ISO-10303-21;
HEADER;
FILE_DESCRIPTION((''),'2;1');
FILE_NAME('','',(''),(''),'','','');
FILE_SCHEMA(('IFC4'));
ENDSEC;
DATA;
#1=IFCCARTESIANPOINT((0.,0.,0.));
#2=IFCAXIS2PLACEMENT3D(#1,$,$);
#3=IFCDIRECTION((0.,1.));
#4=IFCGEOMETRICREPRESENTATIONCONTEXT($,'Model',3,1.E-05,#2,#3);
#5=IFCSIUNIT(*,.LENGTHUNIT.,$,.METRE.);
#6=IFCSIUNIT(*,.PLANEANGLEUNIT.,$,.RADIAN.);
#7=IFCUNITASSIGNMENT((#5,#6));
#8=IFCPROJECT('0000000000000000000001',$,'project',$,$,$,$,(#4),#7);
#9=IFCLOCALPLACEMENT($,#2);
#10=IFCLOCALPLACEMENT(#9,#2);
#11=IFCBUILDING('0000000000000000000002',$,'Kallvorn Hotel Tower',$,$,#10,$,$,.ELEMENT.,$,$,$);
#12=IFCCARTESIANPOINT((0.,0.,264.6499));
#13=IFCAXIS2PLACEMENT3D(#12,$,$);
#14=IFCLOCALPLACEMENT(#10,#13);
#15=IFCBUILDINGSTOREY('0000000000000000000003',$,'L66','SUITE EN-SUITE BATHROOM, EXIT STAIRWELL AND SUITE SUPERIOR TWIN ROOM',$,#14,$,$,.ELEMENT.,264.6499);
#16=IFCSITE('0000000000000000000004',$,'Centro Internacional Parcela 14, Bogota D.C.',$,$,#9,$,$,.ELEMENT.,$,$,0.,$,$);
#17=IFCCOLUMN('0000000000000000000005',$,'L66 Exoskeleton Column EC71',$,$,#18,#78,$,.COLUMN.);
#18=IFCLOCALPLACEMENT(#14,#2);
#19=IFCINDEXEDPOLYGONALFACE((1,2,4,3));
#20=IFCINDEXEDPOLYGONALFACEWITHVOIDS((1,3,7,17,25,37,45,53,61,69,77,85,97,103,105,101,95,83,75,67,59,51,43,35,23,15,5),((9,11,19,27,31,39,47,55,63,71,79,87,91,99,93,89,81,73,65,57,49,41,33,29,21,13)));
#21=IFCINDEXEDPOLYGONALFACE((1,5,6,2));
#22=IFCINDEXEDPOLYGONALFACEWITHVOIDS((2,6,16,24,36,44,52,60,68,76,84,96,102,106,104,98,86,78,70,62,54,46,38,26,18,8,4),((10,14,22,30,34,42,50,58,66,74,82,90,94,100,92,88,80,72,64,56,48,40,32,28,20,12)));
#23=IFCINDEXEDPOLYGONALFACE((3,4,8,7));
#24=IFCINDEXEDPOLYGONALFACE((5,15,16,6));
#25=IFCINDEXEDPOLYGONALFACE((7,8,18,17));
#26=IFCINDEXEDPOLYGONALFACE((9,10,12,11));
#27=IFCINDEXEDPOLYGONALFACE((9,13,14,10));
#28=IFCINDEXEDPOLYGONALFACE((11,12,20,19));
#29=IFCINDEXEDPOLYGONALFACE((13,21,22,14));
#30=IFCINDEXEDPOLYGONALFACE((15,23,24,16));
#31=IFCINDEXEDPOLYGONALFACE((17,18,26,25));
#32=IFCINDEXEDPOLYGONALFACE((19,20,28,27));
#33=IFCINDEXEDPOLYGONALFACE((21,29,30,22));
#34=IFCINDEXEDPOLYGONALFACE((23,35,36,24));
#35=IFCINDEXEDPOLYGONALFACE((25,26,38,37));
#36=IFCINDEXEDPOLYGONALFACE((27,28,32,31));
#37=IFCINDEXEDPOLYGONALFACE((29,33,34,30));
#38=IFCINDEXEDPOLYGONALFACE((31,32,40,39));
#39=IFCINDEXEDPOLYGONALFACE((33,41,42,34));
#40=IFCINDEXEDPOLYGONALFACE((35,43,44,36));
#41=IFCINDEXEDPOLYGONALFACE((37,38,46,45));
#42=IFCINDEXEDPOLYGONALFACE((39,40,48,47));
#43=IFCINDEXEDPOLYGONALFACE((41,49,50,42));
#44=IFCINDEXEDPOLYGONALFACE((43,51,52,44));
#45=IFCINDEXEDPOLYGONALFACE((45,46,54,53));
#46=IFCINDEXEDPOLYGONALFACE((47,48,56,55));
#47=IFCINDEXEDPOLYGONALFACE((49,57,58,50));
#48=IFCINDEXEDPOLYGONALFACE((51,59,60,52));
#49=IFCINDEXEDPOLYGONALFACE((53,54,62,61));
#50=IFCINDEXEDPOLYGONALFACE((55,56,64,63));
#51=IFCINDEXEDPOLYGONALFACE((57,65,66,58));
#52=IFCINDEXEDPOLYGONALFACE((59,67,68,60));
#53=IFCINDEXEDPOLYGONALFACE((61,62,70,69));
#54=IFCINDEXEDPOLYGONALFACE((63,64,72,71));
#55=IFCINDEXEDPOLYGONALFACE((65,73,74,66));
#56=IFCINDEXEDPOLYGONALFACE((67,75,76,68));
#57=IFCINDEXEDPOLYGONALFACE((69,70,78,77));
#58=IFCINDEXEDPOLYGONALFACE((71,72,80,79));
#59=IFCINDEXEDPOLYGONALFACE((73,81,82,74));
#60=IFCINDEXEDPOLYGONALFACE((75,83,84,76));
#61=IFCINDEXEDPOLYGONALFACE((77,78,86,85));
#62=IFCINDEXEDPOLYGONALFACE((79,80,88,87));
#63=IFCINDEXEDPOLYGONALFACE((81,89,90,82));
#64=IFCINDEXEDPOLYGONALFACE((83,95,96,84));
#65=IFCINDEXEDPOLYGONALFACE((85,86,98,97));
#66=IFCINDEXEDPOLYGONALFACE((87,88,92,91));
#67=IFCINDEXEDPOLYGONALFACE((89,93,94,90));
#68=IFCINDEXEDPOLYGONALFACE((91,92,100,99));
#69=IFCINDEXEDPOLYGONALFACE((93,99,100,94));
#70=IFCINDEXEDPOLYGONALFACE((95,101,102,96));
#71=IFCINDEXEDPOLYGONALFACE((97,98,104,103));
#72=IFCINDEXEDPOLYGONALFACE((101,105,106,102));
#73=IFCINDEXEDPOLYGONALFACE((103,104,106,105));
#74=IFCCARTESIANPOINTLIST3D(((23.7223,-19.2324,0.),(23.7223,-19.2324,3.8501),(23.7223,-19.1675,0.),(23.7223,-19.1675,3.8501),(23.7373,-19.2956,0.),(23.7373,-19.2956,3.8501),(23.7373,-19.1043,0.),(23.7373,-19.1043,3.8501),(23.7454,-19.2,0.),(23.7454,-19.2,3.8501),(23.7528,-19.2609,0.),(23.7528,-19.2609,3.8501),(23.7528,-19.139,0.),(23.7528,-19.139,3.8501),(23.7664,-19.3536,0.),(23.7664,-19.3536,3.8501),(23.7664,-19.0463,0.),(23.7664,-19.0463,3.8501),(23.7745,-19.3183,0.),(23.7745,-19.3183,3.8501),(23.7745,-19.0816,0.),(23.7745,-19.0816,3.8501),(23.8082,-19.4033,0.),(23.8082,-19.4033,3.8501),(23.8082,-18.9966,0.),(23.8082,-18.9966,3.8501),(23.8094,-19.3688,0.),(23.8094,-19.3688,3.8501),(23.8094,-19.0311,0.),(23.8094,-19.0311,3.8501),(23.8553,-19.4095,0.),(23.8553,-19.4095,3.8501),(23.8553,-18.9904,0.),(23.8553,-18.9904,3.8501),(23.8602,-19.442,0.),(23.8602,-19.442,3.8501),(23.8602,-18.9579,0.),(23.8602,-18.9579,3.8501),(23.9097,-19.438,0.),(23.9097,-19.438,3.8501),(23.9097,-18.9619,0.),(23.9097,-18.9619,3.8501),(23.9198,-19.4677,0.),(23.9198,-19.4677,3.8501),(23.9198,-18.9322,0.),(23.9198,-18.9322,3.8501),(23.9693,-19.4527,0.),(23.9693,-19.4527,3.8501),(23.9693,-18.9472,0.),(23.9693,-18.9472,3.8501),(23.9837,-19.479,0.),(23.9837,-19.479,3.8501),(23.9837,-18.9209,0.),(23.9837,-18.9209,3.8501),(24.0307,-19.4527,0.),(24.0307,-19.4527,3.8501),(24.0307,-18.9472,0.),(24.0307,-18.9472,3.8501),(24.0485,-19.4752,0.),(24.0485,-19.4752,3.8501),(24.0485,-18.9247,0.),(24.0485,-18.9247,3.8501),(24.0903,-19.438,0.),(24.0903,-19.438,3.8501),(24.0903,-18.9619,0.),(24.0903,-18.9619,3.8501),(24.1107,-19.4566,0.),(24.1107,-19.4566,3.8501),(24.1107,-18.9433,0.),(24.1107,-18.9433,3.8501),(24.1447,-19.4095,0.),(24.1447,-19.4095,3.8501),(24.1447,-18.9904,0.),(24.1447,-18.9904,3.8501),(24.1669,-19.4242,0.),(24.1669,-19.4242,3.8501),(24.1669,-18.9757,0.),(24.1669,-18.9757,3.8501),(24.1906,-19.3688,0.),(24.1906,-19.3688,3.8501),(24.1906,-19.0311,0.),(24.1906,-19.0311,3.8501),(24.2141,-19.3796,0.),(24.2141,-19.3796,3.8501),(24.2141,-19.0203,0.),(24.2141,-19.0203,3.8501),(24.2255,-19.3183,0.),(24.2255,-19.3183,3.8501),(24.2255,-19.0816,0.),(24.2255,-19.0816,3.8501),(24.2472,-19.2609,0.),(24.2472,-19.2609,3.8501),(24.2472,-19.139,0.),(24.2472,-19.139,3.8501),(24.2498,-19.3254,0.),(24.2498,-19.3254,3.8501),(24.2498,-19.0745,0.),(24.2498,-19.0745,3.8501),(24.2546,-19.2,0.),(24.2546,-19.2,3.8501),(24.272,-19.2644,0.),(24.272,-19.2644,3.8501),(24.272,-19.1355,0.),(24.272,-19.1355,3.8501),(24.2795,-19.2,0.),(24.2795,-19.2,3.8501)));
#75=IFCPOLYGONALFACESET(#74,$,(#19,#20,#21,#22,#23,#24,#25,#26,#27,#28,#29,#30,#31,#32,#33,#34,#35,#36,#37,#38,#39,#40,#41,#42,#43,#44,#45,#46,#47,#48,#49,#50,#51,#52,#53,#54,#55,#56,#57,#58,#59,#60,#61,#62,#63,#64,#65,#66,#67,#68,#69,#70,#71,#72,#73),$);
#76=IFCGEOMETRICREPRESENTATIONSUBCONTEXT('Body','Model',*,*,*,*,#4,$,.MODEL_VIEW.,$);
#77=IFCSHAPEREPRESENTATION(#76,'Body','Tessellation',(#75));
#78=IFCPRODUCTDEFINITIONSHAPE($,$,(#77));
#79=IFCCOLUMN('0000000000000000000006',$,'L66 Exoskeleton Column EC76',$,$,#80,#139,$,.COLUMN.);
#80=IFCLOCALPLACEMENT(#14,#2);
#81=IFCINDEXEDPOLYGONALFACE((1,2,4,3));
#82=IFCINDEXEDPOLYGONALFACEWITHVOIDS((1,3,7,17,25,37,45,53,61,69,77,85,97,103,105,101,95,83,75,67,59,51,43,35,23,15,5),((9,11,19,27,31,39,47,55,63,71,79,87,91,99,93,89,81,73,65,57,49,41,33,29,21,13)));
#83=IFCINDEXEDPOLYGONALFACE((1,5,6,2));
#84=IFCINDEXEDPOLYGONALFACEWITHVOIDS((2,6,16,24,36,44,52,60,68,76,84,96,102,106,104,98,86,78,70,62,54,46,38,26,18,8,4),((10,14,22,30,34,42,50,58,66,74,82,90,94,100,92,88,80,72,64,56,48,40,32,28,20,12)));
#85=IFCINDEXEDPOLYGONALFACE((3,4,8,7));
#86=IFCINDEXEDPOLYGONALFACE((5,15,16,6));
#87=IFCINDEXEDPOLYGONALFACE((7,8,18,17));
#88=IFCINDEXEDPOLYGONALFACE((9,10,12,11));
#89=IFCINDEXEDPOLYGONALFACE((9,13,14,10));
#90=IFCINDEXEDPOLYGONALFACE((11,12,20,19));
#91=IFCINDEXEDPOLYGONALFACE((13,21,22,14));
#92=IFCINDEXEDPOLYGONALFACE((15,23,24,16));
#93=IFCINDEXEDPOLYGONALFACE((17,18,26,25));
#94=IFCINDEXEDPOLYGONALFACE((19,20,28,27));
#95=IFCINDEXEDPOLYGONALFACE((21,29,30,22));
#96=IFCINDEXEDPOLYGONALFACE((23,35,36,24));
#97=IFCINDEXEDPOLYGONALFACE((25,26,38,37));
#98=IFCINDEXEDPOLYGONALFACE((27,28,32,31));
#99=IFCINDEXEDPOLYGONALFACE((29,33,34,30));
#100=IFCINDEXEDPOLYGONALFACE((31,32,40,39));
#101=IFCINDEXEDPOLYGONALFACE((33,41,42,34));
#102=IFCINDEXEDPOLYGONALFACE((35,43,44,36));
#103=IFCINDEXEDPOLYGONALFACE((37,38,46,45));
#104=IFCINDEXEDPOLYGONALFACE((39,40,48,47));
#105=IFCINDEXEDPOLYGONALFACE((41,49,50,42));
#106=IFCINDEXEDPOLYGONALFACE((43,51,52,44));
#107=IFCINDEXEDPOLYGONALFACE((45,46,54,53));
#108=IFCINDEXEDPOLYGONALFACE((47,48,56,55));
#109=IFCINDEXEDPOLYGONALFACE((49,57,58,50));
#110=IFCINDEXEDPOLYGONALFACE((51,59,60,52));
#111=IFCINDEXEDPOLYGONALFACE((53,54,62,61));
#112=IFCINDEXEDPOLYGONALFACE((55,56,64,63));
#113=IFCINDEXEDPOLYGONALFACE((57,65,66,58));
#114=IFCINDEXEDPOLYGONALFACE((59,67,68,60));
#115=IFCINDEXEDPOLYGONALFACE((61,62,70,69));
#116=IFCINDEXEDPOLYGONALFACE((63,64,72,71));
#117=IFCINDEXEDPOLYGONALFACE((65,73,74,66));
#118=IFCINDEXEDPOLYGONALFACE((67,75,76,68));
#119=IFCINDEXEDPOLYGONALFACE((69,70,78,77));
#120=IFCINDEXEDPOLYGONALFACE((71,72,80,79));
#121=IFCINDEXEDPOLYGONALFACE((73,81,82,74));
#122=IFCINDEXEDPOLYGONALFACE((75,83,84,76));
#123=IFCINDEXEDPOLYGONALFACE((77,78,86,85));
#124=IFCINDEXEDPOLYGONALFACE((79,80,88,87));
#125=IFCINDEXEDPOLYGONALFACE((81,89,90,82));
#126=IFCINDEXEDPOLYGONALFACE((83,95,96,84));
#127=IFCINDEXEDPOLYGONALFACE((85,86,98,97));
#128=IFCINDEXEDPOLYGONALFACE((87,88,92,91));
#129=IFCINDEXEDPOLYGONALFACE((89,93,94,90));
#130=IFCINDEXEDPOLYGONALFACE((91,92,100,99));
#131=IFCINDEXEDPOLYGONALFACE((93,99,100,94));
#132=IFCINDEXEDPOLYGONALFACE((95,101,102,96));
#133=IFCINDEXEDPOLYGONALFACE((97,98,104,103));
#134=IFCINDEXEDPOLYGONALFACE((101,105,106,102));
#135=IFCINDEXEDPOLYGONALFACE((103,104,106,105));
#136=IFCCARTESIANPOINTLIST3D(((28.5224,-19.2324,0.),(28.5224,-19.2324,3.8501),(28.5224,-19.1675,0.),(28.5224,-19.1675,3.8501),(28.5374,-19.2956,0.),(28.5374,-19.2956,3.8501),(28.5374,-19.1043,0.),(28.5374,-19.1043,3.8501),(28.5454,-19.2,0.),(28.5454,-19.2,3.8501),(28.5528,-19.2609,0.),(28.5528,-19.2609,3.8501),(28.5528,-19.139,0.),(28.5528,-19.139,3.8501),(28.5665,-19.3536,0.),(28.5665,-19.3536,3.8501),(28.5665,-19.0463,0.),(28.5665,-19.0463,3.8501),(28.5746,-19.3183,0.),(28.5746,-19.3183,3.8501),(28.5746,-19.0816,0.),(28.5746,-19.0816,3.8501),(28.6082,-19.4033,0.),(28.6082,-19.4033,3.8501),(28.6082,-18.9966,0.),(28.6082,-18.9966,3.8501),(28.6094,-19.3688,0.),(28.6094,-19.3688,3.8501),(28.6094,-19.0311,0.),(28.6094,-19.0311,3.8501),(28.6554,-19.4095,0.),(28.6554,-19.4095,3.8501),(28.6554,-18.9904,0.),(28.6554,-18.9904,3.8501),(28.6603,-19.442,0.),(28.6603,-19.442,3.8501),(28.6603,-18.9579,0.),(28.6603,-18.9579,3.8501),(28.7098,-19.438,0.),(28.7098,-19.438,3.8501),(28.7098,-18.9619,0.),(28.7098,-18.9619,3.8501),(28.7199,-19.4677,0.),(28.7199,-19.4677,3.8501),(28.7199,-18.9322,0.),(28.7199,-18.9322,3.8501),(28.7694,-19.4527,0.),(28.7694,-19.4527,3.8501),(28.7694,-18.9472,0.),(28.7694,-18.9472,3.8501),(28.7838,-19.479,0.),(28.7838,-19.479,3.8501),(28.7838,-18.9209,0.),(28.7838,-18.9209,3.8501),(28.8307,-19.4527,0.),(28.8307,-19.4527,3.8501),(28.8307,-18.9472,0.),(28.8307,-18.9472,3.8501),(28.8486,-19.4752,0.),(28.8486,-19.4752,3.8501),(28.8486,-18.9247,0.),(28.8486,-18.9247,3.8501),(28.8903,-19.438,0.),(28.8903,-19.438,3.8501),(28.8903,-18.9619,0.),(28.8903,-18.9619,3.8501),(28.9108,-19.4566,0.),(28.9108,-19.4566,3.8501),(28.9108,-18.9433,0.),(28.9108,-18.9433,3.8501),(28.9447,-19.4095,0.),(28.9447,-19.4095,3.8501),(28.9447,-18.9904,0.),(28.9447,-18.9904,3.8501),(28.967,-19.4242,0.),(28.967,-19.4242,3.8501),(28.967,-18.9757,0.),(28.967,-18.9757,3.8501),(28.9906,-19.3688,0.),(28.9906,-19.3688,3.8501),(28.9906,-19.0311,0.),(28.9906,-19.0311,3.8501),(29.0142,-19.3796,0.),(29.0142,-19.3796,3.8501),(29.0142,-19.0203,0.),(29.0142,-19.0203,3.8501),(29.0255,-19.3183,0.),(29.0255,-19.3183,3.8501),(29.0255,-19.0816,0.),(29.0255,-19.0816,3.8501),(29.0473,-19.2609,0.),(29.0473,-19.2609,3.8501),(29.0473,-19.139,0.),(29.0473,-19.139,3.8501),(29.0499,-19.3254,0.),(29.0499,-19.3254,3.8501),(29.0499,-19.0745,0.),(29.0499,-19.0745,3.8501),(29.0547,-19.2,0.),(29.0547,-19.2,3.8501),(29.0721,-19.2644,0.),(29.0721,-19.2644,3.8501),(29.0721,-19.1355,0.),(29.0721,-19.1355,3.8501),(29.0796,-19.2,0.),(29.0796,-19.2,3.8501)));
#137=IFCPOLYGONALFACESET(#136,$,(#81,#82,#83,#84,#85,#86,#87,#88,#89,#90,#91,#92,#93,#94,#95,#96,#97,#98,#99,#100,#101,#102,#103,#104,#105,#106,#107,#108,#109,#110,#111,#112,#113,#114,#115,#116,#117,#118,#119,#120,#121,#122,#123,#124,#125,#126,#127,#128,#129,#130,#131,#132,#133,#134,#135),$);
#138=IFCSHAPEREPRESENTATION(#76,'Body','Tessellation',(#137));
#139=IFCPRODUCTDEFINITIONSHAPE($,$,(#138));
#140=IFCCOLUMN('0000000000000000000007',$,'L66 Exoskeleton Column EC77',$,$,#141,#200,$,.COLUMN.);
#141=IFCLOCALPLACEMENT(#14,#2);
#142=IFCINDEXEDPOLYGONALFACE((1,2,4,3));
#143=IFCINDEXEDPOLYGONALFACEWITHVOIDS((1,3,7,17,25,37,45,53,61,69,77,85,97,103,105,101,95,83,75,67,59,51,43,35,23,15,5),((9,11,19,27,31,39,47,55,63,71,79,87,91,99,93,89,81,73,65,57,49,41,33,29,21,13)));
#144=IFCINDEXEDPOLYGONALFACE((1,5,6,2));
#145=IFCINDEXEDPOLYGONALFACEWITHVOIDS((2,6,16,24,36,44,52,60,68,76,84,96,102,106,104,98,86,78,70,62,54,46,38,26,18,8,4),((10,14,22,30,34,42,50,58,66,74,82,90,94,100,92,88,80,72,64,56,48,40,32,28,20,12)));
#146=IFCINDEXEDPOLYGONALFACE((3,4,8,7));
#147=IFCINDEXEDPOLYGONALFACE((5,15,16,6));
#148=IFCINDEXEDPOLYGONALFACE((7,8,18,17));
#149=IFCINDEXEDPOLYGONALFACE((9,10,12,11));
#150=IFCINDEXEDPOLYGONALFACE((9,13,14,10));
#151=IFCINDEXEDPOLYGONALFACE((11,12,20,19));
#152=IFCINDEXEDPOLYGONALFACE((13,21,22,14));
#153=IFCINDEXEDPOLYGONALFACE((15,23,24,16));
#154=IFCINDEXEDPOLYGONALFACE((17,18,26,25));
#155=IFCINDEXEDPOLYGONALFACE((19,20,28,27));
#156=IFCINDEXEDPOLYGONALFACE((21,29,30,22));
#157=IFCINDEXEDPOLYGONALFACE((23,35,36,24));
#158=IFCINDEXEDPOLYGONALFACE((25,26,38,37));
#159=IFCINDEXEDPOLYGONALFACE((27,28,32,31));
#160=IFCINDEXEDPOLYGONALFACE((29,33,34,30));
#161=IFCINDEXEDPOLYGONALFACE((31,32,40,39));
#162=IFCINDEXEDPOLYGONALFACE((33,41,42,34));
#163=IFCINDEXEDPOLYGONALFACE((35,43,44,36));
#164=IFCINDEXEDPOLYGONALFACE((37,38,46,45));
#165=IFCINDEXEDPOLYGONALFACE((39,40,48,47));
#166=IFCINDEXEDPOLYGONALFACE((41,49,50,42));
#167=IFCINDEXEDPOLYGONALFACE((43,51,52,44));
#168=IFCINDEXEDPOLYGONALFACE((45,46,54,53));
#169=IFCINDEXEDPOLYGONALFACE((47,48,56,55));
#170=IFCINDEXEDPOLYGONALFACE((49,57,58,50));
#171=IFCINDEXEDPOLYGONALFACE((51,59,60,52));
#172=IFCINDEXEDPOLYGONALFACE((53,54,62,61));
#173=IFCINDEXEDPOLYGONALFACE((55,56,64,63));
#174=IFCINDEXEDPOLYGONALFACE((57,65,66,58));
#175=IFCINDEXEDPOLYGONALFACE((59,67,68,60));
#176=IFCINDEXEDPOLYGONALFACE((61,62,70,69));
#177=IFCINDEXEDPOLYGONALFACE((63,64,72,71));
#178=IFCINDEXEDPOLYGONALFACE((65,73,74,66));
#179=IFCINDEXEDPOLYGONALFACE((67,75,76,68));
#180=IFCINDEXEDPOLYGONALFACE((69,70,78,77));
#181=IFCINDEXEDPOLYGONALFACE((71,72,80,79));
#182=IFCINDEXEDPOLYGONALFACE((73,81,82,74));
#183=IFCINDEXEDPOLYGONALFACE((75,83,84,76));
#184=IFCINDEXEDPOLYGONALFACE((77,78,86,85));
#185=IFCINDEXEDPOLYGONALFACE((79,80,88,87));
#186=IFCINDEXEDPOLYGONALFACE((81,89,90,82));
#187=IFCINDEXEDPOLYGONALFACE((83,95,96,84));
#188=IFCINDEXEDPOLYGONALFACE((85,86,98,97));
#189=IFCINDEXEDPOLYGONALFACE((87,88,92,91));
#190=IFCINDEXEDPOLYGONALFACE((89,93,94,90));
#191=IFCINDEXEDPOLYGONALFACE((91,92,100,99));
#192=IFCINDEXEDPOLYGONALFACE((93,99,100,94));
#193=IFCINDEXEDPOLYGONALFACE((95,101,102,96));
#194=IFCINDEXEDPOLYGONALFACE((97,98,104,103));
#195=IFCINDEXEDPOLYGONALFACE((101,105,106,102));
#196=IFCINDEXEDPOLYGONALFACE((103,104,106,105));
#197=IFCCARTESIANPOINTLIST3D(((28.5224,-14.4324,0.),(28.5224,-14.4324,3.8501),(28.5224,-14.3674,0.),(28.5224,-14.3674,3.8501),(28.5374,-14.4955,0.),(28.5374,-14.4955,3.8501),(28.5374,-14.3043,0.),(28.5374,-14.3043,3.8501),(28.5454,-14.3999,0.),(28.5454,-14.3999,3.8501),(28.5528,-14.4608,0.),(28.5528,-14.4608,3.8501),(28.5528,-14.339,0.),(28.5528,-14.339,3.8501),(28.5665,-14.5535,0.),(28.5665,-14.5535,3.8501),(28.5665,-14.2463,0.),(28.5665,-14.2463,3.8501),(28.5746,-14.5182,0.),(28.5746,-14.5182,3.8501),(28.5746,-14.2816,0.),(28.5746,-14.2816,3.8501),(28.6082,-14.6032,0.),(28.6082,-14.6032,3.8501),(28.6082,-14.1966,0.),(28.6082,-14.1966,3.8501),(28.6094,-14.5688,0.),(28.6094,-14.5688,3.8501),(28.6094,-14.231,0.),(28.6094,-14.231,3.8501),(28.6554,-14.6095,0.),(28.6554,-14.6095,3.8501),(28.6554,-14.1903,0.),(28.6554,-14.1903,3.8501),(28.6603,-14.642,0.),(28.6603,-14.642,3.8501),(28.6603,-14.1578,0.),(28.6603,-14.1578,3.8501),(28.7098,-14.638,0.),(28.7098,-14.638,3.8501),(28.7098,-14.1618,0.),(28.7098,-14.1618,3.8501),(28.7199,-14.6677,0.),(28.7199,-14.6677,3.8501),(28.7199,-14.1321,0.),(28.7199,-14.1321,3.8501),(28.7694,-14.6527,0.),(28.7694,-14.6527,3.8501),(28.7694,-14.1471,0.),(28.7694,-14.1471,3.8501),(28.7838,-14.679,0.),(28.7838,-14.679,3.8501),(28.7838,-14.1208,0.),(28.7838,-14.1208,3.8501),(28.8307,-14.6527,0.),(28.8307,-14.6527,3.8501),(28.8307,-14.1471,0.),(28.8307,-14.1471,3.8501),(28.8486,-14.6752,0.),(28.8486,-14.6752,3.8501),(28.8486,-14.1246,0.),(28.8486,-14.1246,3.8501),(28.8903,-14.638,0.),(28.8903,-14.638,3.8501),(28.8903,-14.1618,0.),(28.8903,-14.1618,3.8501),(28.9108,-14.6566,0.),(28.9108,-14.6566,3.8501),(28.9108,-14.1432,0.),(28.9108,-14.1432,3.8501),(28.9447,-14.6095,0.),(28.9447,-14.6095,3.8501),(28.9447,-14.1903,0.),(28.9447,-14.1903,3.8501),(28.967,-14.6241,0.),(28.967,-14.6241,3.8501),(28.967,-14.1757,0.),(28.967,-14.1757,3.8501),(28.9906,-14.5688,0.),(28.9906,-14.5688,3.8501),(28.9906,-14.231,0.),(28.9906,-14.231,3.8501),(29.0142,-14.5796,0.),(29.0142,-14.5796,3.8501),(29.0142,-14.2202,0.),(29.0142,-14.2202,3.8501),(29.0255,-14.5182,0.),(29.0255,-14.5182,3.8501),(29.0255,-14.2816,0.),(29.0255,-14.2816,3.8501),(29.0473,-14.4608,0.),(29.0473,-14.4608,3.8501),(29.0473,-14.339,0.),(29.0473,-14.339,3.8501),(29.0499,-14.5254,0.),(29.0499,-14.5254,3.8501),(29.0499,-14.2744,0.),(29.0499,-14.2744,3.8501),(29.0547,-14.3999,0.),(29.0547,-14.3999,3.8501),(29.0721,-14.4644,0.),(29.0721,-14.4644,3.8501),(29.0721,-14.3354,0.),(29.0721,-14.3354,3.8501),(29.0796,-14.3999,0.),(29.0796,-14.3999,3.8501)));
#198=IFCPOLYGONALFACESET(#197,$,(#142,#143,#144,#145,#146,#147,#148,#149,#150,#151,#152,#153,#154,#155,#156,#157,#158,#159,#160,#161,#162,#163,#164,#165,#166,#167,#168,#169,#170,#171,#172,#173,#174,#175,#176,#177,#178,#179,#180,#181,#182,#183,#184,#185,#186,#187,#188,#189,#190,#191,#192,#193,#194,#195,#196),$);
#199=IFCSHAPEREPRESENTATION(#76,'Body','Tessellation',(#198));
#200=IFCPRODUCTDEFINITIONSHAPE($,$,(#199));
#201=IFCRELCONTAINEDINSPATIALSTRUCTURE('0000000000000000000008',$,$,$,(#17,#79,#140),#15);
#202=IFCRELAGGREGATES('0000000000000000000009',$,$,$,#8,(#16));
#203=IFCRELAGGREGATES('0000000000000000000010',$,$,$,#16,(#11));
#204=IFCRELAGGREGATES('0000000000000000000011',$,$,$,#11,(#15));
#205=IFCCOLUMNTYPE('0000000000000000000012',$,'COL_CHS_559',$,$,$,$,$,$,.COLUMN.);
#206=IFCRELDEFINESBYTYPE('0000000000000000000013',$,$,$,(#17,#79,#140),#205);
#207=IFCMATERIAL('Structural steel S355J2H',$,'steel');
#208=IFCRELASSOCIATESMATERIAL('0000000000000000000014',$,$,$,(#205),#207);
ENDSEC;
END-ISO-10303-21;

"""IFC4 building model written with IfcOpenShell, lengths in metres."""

from ifc_helpers import new_model, si_unit, direction, frame, origin, origin_2d, place, context, subcontext, project, spatial, hollow_circle, extrude, material, material_profile, profile_set, type_object, element, save


model = new_model("IFC4")

# Units and contexts
model_context = context("Model", 3, precision=1e-05, world=origin(), true_north=direction((0.0, 1.0)))
body_context = subcontext(model_context, "Body", "Model", "MODEL_VIEW")
ifc_project = project(units=[si_unit("LENGTHUNIT", "METRE"), si_unit("PLANEANGLEUNIT", "RADIAN")], contexts=[model_context])

# Site, building, storey
site_placement = place(None, origin())
site = spatial("IfcSite", under=ifc_project, at=site_placement, Name="Centro Internacional Parcela 14, Bogota D.C.", CompositionType="ELEMENT", RefElevation=0.0)
building_placement = place(site_placement, origin())
building = spatial("IfcBuilding", under=site, at=building_placement, Name="Kallvorn Hotel Tower", CompositionType="ELEMENT")
storey_placement = place(building_placement, frame((0.0, 0.0, 264.6499)))
storey = spatial("IfcBuildingStorey", under=building, at=storey_placement, Name="L66", Description="SUITE EN-SUITE BATHROOM, EXIT STAIRWELL AND SUITE SUPERIOR TWIN ROOM", CompositionType="ELEMENT", Elevation=264.6499)

# Columns
ifc_material_1 = material(Name="Structural steel S355J2H", Category="steel")
ifc_material_profile_1 = material_profile(ifc_material_1, hollow_circle(Radius=0.2795, WallThickness=0.0249, at=origin_2d()), Name="CHS 559x25")
ifc_profile_set_1 = profile_set([ifc_material_profile_1], Name="Structural steel S355J2H")
column_type_1 = type_object("IfcColumnType", Name="COL_CHS_559", PredefinedType="COLUMN", material=ifc_profile_set_1)
for number, where, z_axis, x_axis, name in (
    (1, (24.0, -19.2, 0.0), (0.0, 0.0, 1.0), (1.0, 0.0, 0.0), "L66 Exoskeleton Column EC71"),
    (2, (28.8, -19.2, 0.0), (0.0, 0.0, 1.0), (1.0, 0.0, 0.0), "L66 Exoskeleton Column EC76"),
    (3, (28.8, -14.3999, 0.0), (0.0, 0.0, 1.0), (1.0, 0.0, 0.0), "L66 Exoskeleton Column EC77"),
):
    element("IfcColumn", number, at=place(storey_placement, frame(where, z_axis=z_axis, x_axis=x_axis)), inside=storey, type_object=column_type_1, Name=name, PredefinedType="COLUMN", context=body_context, shape_type="SweptSolid", body=[
        extrude(hollow_circle(Radius=0.2795, WallThickness=0.0249, at=origin_2d()), origin(), (0.0, 0.0, 1.0), 3.8501),
    ])

save(model, "model.ifc")
